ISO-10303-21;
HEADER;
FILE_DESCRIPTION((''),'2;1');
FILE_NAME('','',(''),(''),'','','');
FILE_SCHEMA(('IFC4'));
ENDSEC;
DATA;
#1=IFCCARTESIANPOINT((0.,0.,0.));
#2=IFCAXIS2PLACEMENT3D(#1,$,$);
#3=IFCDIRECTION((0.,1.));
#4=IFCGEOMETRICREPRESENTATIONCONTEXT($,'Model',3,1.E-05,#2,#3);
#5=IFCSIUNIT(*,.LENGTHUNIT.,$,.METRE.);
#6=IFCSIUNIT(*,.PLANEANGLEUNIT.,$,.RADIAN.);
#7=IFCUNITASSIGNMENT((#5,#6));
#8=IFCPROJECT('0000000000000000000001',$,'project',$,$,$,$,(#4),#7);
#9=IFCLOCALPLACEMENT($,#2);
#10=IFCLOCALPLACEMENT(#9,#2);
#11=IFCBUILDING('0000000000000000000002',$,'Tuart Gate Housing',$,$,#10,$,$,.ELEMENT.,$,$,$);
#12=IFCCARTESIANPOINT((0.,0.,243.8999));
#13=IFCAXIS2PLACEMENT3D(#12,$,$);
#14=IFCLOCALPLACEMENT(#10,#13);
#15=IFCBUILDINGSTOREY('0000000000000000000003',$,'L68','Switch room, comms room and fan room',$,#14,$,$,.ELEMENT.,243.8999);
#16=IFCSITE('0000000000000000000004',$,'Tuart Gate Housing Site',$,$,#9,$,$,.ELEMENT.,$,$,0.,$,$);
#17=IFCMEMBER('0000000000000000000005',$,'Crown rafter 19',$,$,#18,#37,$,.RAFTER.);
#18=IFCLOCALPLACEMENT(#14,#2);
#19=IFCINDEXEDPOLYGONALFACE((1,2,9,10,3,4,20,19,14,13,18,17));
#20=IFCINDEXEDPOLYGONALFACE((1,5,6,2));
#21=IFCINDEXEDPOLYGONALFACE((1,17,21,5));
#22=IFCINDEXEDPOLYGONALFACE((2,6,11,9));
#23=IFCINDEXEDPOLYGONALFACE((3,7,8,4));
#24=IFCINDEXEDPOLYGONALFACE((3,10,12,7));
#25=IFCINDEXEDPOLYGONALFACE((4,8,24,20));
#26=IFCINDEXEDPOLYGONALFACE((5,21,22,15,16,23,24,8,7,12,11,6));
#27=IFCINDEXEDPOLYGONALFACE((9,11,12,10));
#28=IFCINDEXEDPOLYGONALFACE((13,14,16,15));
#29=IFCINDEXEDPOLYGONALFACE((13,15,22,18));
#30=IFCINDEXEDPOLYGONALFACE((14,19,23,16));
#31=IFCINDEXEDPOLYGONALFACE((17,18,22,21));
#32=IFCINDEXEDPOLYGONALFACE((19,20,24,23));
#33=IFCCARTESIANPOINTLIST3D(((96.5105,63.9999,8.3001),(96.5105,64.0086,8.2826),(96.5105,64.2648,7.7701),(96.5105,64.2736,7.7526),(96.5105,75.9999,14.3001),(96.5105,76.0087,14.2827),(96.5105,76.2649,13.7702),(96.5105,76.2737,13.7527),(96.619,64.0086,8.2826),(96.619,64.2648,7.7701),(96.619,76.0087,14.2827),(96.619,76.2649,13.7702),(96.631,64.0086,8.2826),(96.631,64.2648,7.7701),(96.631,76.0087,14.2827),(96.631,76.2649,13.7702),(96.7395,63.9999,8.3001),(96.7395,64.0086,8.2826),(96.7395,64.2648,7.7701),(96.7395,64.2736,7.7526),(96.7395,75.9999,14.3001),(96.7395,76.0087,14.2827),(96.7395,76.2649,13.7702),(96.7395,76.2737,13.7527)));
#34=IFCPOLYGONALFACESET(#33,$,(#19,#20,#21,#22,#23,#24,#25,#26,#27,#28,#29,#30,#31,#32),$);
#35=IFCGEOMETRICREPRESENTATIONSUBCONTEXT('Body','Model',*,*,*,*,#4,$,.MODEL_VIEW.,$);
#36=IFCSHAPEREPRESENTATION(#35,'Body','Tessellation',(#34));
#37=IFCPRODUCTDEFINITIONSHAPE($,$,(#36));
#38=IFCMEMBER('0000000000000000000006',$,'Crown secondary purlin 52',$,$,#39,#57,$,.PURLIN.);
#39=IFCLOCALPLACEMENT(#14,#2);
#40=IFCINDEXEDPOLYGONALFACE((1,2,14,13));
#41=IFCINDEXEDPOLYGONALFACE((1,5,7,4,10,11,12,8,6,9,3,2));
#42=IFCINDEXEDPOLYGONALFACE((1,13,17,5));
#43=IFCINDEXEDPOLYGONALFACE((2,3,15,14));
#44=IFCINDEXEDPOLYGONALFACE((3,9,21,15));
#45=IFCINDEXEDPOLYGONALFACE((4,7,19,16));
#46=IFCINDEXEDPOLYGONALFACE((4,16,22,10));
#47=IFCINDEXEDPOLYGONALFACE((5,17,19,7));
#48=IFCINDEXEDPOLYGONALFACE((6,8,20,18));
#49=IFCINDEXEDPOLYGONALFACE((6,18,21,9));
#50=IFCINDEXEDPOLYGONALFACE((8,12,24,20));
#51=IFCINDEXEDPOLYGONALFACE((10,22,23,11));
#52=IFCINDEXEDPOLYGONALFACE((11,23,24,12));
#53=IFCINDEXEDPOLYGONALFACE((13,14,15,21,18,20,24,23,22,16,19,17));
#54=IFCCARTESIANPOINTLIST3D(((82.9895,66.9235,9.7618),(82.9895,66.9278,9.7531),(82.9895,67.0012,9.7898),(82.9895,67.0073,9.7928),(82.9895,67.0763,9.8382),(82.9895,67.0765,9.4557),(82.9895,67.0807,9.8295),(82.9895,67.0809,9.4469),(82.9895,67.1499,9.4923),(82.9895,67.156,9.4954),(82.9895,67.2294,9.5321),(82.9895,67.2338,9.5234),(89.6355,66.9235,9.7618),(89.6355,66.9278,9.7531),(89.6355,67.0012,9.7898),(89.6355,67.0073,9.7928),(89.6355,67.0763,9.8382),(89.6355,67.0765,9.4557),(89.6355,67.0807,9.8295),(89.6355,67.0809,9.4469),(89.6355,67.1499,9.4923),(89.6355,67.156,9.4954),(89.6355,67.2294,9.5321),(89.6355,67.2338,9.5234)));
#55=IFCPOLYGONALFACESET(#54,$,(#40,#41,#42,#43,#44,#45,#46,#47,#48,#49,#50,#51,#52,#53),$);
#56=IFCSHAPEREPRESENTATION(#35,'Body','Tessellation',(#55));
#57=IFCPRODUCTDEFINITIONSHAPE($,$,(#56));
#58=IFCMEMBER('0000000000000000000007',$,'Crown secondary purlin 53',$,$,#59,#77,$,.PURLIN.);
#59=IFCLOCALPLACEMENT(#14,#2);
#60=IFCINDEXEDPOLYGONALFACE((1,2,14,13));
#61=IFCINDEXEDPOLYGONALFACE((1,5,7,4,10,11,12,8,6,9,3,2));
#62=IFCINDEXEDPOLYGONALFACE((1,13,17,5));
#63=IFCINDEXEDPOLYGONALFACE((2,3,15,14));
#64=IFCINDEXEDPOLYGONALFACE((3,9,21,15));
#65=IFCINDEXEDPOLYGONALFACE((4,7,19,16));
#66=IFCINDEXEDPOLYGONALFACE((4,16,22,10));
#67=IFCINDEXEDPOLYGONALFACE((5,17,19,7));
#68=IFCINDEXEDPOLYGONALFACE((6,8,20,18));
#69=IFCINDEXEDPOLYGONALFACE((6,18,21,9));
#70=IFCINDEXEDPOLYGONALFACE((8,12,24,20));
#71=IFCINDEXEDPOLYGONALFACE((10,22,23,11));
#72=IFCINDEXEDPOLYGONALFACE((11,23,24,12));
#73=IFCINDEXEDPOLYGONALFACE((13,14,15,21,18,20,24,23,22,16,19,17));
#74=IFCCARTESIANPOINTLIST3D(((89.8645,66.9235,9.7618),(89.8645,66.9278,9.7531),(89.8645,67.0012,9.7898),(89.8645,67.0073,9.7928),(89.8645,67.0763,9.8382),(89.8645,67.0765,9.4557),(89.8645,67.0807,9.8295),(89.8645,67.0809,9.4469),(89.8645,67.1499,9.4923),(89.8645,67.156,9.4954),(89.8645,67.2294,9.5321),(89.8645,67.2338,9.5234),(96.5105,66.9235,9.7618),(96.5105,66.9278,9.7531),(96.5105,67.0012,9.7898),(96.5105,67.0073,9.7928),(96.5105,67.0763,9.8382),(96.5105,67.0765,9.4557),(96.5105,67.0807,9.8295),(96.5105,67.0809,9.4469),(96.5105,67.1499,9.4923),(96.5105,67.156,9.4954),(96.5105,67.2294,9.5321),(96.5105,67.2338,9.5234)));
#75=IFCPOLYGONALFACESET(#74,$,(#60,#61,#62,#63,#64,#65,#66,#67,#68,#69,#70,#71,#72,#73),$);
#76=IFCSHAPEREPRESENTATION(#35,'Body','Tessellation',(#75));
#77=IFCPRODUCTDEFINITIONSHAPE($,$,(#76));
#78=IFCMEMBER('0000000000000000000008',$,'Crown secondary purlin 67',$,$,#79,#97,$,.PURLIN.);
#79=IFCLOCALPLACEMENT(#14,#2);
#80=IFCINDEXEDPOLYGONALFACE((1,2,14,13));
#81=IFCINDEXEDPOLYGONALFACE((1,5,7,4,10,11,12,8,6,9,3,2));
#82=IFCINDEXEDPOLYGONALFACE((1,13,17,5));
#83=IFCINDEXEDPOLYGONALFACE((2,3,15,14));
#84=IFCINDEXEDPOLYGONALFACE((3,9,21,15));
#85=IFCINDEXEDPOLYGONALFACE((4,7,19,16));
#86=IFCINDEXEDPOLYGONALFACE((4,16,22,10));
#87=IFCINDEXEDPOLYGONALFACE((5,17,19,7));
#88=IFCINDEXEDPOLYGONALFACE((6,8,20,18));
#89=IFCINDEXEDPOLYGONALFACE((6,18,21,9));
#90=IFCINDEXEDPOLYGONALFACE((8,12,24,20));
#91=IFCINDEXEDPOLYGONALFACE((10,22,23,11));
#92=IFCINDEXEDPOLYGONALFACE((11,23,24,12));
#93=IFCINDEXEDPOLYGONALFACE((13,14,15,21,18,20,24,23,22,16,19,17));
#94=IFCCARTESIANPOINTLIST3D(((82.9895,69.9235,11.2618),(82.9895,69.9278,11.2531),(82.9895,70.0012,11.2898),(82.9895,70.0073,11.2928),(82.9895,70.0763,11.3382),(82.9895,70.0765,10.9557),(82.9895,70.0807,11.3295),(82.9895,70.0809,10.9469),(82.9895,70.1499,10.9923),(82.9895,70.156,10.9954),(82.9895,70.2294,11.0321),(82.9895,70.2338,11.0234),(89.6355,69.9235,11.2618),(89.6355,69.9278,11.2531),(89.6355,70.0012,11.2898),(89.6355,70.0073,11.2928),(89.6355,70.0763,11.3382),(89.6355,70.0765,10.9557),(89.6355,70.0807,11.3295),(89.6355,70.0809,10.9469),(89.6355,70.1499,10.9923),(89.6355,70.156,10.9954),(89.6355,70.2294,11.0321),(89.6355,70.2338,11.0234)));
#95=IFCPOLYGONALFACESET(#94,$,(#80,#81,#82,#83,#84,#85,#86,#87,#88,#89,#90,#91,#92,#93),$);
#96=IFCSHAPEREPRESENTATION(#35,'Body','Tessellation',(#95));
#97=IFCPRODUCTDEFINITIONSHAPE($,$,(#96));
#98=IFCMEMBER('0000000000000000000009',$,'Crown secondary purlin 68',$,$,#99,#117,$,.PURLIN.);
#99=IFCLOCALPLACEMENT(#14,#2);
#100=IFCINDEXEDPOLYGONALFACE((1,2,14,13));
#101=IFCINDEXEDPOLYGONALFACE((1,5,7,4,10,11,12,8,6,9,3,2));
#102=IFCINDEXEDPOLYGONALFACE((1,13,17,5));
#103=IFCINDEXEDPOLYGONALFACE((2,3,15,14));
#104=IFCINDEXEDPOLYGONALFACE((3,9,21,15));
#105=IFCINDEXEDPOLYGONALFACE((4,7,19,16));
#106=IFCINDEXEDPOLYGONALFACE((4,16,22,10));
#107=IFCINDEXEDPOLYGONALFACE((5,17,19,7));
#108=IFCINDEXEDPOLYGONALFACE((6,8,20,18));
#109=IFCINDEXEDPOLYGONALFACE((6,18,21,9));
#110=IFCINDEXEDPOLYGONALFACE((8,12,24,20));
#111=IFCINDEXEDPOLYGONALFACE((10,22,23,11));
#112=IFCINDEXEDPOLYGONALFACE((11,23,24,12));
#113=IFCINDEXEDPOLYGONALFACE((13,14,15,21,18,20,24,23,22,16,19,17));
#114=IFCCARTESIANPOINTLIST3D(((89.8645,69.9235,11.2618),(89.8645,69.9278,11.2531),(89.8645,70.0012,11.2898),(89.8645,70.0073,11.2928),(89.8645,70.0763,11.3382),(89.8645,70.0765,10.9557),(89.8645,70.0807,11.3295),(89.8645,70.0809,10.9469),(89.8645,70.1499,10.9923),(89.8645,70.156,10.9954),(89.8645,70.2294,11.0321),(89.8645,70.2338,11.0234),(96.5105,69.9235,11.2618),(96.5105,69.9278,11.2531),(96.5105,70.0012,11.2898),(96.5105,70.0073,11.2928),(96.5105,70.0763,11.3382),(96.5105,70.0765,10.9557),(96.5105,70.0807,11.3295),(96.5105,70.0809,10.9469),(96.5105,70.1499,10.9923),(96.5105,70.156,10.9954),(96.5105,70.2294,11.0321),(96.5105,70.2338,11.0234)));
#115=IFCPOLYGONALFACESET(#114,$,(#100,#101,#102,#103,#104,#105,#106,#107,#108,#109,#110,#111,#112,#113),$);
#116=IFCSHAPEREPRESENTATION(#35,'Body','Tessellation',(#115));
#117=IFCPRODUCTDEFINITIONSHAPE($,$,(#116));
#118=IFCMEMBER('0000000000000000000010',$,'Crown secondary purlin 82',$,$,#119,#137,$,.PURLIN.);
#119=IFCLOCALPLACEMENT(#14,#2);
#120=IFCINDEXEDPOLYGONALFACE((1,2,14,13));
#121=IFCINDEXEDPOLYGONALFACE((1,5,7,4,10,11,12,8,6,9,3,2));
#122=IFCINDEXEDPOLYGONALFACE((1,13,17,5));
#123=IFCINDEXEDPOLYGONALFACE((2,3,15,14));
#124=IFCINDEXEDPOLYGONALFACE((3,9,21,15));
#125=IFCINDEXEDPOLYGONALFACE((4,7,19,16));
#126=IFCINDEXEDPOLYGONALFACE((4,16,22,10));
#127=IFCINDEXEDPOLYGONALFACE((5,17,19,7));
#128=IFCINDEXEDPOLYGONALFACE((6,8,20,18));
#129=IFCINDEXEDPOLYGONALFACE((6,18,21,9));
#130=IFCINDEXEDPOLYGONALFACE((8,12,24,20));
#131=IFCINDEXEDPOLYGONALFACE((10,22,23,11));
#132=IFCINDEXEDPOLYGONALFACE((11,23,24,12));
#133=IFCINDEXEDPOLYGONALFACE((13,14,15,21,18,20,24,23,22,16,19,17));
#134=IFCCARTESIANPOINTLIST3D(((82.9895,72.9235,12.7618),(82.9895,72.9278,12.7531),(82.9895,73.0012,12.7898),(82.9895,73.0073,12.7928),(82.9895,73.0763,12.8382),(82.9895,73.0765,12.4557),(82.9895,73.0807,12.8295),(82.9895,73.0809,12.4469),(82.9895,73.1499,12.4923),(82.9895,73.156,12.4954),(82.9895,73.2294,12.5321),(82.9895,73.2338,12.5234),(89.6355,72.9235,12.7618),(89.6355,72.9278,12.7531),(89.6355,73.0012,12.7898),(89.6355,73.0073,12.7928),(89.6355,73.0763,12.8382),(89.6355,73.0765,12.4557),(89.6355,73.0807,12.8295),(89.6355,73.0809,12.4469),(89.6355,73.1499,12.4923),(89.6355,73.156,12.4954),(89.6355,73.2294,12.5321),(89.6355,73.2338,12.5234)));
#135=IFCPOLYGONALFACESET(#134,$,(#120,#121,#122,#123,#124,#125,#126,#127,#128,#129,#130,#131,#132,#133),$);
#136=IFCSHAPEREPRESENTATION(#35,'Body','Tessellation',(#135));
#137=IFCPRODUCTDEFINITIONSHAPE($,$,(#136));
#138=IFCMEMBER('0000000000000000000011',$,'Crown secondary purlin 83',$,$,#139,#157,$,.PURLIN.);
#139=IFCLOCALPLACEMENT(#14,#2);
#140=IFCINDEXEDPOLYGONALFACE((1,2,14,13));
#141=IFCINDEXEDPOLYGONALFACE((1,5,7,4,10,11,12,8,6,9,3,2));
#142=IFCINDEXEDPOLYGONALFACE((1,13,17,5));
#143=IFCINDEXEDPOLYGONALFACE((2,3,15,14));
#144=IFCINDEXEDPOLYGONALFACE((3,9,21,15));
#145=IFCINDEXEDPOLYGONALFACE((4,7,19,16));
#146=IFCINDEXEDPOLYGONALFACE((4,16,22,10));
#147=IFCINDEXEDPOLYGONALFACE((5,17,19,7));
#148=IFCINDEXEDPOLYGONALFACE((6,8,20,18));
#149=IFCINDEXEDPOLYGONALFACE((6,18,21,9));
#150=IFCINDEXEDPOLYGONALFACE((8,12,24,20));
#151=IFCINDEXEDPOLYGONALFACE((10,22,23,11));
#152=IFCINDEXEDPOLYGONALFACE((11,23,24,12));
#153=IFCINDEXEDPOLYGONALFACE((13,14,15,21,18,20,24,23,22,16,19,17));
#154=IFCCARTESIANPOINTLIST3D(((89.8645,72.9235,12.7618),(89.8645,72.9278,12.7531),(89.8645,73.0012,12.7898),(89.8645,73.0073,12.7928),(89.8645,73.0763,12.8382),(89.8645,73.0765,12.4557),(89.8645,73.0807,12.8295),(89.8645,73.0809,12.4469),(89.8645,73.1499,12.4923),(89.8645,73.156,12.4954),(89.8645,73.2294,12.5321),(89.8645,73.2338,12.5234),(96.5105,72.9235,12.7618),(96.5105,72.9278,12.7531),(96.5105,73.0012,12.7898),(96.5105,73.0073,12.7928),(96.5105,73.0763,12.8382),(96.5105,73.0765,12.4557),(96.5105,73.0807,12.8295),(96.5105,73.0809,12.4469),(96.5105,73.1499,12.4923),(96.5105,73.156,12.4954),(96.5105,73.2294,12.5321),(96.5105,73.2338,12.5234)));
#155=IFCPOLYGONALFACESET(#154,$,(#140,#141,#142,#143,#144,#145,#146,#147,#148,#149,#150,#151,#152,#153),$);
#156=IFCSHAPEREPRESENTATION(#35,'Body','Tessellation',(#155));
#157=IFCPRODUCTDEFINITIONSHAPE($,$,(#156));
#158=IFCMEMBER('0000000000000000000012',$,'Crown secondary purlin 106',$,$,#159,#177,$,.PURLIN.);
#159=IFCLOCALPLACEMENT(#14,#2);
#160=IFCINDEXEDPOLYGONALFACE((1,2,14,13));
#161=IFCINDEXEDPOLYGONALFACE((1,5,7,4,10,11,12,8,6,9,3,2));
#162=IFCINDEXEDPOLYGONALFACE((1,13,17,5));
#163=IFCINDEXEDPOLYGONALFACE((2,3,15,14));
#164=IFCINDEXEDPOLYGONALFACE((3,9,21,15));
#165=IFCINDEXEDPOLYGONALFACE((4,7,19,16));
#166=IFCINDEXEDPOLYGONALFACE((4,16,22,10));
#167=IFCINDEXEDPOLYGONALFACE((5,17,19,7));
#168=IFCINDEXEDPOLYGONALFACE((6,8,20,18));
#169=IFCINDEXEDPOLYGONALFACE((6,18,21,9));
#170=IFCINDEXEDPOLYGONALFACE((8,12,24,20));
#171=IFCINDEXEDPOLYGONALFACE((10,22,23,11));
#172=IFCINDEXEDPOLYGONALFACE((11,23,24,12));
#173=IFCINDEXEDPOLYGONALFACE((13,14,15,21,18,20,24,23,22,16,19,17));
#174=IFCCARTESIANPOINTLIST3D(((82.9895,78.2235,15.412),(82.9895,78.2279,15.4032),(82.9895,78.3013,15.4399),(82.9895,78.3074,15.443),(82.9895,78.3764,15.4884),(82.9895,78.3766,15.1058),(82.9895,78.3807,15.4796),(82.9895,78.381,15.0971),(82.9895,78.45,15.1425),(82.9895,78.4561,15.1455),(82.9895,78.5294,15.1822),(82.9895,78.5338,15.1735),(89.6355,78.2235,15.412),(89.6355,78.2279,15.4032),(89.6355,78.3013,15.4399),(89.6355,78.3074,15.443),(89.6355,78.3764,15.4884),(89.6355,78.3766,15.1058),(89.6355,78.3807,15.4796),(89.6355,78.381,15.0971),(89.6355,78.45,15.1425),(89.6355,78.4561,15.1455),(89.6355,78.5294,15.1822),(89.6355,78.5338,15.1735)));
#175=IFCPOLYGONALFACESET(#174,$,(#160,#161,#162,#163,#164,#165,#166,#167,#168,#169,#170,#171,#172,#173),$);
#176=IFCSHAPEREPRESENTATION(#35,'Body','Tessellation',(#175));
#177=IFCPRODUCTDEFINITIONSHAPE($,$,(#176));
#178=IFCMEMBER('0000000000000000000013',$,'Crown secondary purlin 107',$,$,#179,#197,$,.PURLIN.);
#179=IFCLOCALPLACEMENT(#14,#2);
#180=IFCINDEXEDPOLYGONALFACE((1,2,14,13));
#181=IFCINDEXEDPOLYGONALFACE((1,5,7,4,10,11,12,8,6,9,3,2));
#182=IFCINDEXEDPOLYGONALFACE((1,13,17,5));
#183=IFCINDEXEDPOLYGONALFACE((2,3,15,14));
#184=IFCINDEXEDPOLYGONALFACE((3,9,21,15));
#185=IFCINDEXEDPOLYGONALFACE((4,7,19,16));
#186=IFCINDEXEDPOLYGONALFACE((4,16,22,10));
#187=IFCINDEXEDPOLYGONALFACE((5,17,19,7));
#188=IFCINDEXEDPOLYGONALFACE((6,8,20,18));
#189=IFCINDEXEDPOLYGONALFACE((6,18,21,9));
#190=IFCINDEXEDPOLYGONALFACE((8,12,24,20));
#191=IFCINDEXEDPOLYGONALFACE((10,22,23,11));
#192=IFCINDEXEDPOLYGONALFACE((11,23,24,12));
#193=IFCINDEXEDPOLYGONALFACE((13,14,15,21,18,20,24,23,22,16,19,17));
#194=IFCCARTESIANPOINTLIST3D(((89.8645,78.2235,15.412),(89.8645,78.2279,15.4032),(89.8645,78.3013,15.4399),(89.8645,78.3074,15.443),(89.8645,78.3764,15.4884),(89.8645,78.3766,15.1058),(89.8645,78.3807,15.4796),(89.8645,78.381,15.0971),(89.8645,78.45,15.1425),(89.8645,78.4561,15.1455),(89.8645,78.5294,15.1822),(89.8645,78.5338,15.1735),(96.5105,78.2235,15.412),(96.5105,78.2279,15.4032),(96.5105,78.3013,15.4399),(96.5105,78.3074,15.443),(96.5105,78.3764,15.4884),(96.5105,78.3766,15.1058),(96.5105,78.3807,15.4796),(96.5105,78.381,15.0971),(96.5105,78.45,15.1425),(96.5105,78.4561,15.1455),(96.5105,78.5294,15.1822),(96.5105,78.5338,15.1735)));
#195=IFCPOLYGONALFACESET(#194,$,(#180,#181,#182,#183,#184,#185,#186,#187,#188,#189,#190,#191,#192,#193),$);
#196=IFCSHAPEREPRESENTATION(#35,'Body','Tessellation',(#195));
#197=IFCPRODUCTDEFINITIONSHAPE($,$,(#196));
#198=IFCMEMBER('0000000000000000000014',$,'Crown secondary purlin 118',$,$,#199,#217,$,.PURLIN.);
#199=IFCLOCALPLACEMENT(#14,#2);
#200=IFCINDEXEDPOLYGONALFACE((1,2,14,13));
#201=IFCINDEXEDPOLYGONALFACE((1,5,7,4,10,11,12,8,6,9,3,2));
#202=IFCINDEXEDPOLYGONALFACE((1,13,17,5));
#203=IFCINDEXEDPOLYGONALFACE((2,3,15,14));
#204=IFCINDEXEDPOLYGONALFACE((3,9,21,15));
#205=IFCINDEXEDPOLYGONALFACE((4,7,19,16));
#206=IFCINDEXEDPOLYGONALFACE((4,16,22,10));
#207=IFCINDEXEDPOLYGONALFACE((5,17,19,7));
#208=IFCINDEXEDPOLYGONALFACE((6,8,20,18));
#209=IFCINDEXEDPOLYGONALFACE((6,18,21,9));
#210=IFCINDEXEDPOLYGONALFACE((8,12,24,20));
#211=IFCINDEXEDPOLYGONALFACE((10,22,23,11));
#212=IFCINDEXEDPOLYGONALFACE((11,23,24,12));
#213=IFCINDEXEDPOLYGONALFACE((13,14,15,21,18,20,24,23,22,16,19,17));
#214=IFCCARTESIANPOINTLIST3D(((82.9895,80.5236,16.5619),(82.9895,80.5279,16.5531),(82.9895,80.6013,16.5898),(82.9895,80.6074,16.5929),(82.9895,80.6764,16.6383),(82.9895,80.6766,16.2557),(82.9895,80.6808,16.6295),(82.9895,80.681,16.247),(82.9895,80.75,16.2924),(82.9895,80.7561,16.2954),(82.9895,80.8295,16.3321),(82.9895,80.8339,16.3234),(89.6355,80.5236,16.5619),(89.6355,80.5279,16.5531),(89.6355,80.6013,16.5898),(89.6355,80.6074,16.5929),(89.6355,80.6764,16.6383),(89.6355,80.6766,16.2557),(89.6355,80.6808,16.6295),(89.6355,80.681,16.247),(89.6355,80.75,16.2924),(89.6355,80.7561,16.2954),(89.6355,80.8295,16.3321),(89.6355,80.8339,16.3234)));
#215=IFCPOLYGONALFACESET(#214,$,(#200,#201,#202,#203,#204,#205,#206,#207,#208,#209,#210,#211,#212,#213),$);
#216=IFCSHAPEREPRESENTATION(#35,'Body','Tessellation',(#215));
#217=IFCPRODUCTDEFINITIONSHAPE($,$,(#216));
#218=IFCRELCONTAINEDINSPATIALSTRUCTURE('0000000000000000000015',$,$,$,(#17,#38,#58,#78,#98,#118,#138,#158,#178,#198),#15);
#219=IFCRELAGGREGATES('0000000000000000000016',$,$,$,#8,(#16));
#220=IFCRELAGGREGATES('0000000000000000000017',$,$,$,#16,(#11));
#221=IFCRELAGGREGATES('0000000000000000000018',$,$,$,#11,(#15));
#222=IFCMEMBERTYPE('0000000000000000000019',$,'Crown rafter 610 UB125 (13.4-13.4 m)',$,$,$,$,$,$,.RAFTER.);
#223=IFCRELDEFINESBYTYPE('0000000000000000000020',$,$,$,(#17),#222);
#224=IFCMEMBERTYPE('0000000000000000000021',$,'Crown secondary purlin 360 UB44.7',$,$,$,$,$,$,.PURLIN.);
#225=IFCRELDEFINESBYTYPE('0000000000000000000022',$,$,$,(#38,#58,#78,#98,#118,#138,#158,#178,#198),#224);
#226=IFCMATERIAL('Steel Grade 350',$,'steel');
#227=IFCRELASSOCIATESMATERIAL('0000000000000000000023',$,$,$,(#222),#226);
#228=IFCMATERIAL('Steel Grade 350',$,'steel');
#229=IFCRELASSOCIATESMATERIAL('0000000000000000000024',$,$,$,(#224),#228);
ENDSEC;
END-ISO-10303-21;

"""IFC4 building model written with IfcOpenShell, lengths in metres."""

from ifc_helpers import new_model, si_unit, direction, frame, origin, origin_2d, place, context, subcontext, project, spatial, i_section, extrude, material, material_profile, profile_set, type_object, element, save


model = new_model("IFC4")

# Units and contexts
model_context = context("Model", 3, precision=1e-05, world=origin(), true_north=direction((0.0, 1.0)))
body_context = subcontext(model_context, "Body", "Model", "MODEL_VIEW")
ifc_project = project(units=[si_unit("LENGTHUNIT", "METRE"), si_unit("PLANEANGLEUNIT", "RADIAN")], contexts=[model_context])

# Site, building, storey
site_placement = place(None, origin())
site = spatial("IfcSite", under=ifc_project, at=site_placement, Name="Tuart Gate Housing Site", CompositionType="ELEMENT", RefElevation=0.0)
building_placement = place(site_placement, origin())
building = spatial("IfcBuilding", under=site, at=building_placement, Name="Tuart Gate Housing", CompositionType="ELEMENT")
storey_placement = place(building_placement, frame((0.0, 0.0, 243.8999)))
storey = spatial("IfcBuildingStorey", under=building, at=storey_placement, Name="L68", Description="Switch room, comms room and fan room", CompositionType="ELEMENT", Elevation=243.8999)

# Members
ifc_material_1 = material(Name="Steel Grade 350", Category="steel")
ifc_material_profile_1 = material_profile(ifc_material_1, i_section(OverallWidth=0.229, OverallDepth=0.6121, WebThickness=0.012, FlangeThickness=0.0195, at=origin_2d()), Name="610UB125")
ifc_profile_set_1 = profile_set([ifc_material_profile_1], Name="Steel Grade 350")
member_type_1 = type_object("IfcMemberType", Name="Crown rafter 610 UB125 (13.4-13.4 m)", PredefinedType="RAFTER", material=ifc_profile_set_1)
for number, where, z_axis, x_axis, name in (
    (1, (96.625, 64.1367, 8.0264), (0.0, 0.894427, 0.447214), (-1.0, 0.0, 0.0), "Crown rafter 19"),
):
    element("IfcMember", number, at=place(storey_placement, frame(where, z_axis=z_axis, x_axis=x_axis)), inside=storey, type_object=member_type_1, Name=name, PredefinedType="RAFTER", context=body_context, shape_type="SweptSolid", body=[
        extrude(i_section(OverallWidth=0.229, OverallDepth=0.6121, WebThickness=0.012, FlangeThickness=0.0195, at=origin_2d()), origin(), (0.0, 0.0, 1.0), 13.4165),
    ])
ifc_material_2 = material(Name="Steel Grade 350", Category="steel")
ifc_material_profile_2 = material_profile(ifc_material_2, i_section(OverallWidth=0.1709, OverallDepth=0.3521, WebThickness=0.0068, FlangeThickness=0.0098, at=origin_2d()), Name="360UB44.7")
ifc_profile_set_2 = profile_set([ifc_material_profile_2], Name="Steel Grade 350")
member_type_2 = type_object("IfcMemberType", Name="Crown secondary purlin 360 UB44.7", PredefinedType="PURLIN", material=ifc_profile_set_2)
for number, where, z_axis, x_axis, name in (
    (2, (82.9895, 67.0786, 9.6426), (1.0, 0.0, 0.0), (0.0, 0.894427, 0.447214), "Crown secondary purlin 52"),
    (3, (89.8645, 67.0786, 9.6426), (1.0, 0.0, 0.0), (0.0, 0.894427, 0.447214), "Crown secondary purlin 53"),
    (4, (82.9895, 70.0786, 11.1426), (1.0, 0.0, 0.0), (0.0, 0.894427, 0.447214), "Crown secondary purlin 67"),
    (5, (89.8645, 70.0786, 11.1426), (1.0, 0.0, 0.0), (0.0, 0.894427, 0.447214), "Crown secondary purlin 68"),
    (6, (82.9895, 73.0786, 12.6426), (1.0, 0.0, 0.0), (0.0, 0.894427, 0.447214), "Crown secondary purlin 82"),
    (7, (89.8645, 73.0786, 12.6426), (1.0, 0.0, 0.0), (0.0, 0.894427, 0.447214), "Crown secondary purlin 83"),
    (8, (82.9895, 78.3787, 15.2927), (1.0, 0.0, 0.0), (0.0, 0.894427, 0.447214), "Crown secondary purlin 106"),
    (9, (89.8645, 78.3787, 15.2927), (1.0, 0.0, 0.0), (0.0, 0.894427, 0.447214), "Crown secondary purlin 107"),
    (10, (82.9895, 80.6787, 16.4426), (1.0, 0.0, 0.0), (0.0, 0.894427, 0.447214), "Crown secondary purlin 118"),
):
    element("IfcMember", number, at=place(storey_placement, frame(where, z_axis=z_axis, x_axis=x_axis)), inside=storey, type_object=member_type_2, Name=name, PredefinedType="PURLIN", context=body_context, shape_type="SweptSolid", body=[
        extrude(i_section(OverallWidth=0.1709, OverallDepth=0.3521, WebThickness=0.0068, FlangeThickness=0.0098, at=origin_2d()), origin(), (0.0, 0.0, 1.0), 6.646),
    ])

save(model, "model.ifc")
